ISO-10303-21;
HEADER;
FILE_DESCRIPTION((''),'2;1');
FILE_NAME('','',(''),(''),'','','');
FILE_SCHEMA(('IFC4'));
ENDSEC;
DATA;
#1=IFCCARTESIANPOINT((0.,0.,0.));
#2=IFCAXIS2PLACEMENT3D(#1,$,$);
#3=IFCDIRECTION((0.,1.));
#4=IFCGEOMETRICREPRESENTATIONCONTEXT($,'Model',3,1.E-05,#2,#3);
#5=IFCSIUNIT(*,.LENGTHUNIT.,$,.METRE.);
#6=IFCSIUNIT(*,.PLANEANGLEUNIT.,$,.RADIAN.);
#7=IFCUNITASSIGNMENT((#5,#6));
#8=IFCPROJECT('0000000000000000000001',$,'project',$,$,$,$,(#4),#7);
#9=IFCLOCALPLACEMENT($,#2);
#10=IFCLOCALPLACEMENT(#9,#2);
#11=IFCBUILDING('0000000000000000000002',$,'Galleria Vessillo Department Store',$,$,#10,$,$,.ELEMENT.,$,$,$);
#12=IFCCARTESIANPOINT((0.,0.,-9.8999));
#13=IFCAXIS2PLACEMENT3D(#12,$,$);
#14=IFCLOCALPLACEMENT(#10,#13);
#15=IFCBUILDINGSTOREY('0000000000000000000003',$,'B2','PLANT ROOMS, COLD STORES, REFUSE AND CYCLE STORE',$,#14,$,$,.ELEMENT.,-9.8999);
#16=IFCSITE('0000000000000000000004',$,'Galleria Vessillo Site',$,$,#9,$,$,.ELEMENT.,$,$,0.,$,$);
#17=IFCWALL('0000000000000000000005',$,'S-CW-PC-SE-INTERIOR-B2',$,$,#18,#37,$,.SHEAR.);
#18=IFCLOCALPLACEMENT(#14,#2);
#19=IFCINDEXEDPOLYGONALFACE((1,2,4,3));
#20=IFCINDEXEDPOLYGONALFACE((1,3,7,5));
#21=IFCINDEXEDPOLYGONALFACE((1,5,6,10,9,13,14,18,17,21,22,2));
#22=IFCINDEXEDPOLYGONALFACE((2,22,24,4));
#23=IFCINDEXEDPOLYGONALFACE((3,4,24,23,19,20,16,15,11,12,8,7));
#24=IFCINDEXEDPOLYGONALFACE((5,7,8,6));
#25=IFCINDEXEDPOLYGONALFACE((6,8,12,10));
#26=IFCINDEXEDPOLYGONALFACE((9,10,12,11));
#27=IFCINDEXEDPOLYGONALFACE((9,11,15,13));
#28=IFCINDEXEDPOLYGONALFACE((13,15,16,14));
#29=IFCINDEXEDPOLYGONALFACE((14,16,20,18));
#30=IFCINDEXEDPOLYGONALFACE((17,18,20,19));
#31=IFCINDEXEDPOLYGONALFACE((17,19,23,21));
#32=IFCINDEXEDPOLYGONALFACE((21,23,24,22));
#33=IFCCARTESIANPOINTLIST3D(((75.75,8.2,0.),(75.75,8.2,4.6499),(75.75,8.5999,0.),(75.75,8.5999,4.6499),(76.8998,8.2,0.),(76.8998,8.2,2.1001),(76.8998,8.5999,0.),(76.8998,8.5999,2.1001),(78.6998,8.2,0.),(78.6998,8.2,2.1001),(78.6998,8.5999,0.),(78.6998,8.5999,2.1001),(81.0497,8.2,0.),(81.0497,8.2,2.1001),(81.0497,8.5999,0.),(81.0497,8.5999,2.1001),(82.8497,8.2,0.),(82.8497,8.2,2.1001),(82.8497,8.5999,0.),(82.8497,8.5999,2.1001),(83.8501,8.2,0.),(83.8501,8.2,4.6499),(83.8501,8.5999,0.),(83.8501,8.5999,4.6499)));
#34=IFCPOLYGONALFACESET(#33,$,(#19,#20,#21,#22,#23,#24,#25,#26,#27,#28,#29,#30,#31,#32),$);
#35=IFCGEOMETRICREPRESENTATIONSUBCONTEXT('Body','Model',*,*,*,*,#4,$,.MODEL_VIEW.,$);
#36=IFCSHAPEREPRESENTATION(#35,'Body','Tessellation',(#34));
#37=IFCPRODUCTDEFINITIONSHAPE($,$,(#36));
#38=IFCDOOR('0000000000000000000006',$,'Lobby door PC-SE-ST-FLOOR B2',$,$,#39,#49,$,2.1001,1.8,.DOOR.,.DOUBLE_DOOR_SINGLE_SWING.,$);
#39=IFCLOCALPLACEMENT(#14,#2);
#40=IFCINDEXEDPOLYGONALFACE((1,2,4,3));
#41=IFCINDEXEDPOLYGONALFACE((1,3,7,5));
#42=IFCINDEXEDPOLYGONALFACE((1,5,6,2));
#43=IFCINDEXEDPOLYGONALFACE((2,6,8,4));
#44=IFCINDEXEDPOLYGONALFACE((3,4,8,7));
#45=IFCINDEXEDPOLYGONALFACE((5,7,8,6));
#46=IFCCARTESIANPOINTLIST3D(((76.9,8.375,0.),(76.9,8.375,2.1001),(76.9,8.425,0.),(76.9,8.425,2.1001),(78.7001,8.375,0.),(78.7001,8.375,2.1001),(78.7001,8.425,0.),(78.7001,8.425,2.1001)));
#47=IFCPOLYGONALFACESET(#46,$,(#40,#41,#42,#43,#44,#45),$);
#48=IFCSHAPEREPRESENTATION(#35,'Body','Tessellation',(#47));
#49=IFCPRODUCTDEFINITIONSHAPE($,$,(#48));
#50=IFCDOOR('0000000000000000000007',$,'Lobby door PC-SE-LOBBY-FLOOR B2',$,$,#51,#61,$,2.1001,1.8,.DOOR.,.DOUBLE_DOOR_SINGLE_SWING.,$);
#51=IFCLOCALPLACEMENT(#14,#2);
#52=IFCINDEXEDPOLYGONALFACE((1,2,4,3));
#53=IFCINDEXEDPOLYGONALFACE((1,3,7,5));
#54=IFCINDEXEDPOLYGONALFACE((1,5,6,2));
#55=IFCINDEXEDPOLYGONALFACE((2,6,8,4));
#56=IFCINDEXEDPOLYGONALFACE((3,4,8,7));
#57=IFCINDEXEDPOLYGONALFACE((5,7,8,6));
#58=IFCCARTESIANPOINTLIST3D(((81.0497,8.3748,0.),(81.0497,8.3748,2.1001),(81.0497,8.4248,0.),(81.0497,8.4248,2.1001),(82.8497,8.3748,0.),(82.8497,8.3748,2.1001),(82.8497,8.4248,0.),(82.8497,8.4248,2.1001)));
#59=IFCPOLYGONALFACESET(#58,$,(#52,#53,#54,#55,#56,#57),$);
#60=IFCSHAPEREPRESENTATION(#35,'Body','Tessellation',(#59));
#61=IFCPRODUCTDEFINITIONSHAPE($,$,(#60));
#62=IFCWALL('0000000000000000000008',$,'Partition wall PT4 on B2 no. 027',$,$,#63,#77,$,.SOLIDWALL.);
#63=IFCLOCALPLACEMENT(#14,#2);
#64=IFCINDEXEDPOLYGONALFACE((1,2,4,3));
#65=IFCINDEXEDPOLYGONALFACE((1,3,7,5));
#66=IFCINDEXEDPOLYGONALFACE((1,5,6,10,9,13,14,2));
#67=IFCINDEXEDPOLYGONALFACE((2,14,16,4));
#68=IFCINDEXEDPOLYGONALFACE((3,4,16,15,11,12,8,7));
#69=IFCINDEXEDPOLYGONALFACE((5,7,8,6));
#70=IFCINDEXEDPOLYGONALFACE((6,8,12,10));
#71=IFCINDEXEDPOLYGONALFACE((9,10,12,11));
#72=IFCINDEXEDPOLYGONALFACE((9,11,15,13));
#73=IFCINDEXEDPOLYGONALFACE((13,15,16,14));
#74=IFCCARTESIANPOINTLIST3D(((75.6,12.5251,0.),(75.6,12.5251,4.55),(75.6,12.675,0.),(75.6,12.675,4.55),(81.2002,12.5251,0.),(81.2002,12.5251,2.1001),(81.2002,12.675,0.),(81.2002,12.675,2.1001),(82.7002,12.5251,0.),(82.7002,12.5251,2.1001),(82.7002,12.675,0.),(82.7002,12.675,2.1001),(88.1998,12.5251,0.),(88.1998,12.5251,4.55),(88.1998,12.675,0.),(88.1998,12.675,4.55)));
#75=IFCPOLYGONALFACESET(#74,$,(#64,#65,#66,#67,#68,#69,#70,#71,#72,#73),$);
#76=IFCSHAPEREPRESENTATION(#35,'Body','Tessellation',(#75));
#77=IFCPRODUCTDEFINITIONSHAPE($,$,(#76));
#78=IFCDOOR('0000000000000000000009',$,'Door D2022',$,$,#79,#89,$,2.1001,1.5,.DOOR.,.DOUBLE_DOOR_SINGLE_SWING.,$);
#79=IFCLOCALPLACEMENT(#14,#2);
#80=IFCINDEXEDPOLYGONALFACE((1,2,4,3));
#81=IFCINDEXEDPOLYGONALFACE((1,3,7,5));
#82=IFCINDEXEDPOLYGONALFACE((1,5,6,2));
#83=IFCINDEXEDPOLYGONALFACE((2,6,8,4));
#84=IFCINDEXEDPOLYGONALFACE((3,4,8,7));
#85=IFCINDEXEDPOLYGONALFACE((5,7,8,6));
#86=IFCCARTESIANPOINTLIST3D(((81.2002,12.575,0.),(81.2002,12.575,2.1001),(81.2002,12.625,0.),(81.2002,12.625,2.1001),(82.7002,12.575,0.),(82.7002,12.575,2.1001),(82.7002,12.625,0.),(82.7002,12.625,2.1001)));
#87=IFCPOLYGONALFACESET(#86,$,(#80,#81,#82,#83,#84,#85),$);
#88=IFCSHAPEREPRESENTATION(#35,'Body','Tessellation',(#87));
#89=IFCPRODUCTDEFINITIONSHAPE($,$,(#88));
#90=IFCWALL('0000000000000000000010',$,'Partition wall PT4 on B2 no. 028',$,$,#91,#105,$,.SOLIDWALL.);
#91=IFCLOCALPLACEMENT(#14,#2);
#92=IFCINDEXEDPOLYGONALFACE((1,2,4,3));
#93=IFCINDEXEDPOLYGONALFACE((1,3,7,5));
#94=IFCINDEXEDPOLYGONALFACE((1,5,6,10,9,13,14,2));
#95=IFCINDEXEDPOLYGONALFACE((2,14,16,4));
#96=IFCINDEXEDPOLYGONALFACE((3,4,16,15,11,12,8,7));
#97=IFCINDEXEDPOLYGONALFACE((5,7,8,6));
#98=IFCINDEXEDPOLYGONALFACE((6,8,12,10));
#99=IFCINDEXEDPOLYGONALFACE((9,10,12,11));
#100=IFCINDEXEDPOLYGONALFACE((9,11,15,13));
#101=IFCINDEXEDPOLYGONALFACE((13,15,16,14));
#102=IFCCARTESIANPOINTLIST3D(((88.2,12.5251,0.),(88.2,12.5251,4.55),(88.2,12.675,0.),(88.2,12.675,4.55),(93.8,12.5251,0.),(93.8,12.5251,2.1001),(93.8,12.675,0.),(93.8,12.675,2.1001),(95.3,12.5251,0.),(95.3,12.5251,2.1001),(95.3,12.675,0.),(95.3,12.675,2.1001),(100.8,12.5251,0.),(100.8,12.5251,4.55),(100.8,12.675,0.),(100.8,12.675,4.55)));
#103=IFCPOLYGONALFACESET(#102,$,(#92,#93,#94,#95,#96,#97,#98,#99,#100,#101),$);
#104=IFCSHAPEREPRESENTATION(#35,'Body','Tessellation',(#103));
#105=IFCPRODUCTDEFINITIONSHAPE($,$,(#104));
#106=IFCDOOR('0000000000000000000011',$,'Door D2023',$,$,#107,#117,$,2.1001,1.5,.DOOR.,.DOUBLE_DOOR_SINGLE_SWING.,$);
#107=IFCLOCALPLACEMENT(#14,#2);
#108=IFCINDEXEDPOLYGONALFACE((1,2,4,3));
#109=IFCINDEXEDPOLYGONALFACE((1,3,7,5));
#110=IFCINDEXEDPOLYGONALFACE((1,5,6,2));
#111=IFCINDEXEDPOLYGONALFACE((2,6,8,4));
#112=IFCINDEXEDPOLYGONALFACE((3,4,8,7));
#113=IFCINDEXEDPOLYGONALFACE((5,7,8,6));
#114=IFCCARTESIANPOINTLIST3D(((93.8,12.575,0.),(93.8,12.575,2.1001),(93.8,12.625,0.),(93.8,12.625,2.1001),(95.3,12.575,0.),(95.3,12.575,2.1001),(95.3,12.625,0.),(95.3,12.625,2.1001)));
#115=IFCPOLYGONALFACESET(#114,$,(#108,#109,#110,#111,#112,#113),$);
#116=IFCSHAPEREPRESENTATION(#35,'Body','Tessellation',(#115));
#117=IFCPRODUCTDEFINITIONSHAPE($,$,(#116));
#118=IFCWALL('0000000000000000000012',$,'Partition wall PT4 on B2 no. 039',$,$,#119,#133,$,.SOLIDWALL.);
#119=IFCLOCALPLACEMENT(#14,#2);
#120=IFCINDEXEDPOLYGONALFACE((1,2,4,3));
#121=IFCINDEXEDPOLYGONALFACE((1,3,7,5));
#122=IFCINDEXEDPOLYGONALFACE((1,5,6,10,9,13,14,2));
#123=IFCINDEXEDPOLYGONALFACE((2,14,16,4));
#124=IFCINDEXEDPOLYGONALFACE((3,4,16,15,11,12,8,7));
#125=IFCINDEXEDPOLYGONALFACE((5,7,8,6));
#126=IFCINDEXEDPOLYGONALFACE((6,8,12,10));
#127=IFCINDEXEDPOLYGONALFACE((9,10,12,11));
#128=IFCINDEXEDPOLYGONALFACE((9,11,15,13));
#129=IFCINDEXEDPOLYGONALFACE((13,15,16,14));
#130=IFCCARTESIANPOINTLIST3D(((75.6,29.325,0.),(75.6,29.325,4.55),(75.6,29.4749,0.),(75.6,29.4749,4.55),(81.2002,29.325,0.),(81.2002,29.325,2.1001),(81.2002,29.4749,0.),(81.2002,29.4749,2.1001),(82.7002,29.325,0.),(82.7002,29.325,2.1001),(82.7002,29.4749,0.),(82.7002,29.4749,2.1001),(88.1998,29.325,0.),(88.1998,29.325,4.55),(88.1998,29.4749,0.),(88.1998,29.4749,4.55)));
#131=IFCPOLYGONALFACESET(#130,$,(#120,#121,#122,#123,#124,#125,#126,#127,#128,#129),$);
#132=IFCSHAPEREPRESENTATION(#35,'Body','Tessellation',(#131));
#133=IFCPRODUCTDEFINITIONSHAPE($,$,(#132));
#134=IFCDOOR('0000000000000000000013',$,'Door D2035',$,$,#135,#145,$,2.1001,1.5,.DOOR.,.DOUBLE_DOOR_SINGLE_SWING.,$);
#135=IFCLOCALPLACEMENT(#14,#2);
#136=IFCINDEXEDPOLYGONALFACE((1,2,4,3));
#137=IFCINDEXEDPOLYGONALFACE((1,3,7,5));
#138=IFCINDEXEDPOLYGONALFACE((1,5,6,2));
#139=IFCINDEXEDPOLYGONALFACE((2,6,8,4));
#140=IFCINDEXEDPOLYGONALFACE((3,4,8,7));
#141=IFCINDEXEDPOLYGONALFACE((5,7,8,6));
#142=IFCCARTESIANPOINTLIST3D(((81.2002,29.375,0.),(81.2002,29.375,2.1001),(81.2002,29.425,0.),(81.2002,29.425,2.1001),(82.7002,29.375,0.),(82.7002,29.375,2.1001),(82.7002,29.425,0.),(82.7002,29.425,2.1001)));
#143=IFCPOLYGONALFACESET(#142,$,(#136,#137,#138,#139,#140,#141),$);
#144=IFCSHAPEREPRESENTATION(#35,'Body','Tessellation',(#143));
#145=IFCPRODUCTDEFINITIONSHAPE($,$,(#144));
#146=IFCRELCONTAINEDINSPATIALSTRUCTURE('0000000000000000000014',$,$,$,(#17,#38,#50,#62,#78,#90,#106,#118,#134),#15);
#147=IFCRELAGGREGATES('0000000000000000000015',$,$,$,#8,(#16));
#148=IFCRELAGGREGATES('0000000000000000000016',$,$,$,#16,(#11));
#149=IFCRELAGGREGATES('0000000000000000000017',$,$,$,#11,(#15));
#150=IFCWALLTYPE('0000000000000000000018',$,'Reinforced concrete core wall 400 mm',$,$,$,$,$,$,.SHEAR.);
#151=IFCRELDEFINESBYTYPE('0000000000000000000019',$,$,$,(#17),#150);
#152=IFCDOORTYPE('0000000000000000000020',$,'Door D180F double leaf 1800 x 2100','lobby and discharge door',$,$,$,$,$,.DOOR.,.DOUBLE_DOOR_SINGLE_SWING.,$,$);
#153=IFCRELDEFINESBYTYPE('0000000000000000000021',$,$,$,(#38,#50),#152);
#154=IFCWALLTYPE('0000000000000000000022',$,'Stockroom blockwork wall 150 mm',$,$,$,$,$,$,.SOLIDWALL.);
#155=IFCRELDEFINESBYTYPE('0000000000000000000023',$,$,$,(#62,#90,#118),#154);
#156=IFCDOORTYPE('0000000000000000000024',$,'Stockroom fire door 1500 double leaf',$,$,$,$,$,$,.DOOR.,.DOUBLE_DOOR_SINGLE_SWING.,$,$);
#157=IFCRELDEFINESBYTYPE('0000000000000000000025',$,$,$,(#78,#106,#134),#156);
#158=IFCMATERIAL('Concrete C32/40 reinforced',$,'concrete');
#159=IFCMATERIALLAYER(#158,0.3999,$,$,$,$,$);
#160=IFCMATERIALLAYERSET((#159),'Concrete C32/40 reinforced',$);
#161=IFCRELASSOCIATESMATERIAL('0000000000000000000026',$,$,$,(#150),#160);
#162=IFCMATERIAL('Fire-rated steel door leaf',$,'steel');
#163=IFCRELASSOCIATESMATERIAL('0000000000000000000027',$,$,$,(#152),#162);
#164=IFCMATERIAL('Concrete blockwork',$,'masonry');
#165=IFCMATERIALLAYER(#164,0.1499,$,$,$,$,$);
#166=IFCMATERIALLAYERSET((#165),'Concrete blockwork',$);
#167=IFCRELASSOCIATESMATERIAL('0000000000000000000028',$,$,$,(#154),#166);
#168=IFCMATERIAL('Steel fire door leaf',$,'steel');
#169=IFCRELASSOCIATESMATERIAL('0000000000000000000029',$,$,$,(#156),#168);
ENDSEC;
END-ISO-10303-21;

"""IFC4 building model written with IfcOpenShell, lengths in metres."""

from ifc_helpers import new_model, si_unit, direction, frame, frame_2d, origin, place, context, subcontext, project, spatial, rectangle, extrude, material, layer, layer_set, type_object, element, fill, save


model = new_model("IFC4")

# Units and contexts
model_context = context("Model", 3, precision=1e-05, world=origin(), true_north=direction((0.0, 1.0)))
body_context = subcontext(model_context, "Body", "Model", "MODEL_VIEW")
ifc_project = project(units=[si_unit("LENGTHUNIT", "METRE"), si_unit("PLANEANGLEUNIT", "RADIAN")], contexts=[model_context])

# Site, building, storey
site_placement = place(None, origin())
site = spatial("IfcSite", under=ifc_project, at=site_placement, Name="Galleria Vessillo Site", CompositionType="ELEMENT", RefElevation=0.0)
building_placement = place(site_placement, origin())
building = spatial("IfcBuilding", under=site, at=building_placement, Name="Galleria Vessillo Department Store", CompositionType="ELEMENT")
storey_placement = place(building_placement, frame((0.0, 0.0, -9.8999)))
storey = spatial("IfcBuildingStorey", under=building, at=storey_placement, Name="B2", Description="PLANT ROOMS, COLD STORES, REFUSE AND CYCLE STORE", CompositionType="ELEMENT", Elevation=-9.8999)

# Wall, openings, doors
ifc_material_1 = material(Name="Concrete C32/40 reinforced", Category="concrete")
ifc_layer_1 = layer(ifc_material_1, 0.3999)
ifc_layer_set_1 = layer_set([ifc_layer_1], Name="Concrete C32/40 reinforced")
wall_type_1 = type_object("IfcWallType", Name="Reinforced concrete core wall 400 mm", PredefinedType="SHEAR", material=ifc_layer_set_1)
wall_1_placement = place(storey_placement, frame((75.75, 8.3999, 0.0), z_axis=(0.0, 0.0, 1.0), x_axis=(1.0, 0.0, 0.0)))
wall_1 = element("IfcWall", 1, at=wall_1_placement, inside=storey, type_object=wall_type_1, Name="S-CW-PC-SE-INTERIOR-B2", PredefinedType="SHEAR", context=body_context, shape_type="SweptSolid", body=[
    extrude(rectangle(XDim=8.1001, YDim=0.3999, at=frame_2d((4.05, 0.0))), origin(), (0.0, 0.0, 1.0), 4.6499),
])
opening_1_placement = place(wall_1_placement, frame((1.1499, 0.0, 0.0)))
opening_1 = element("IfcOpeningElement", 2, at=opening_1_placement, cuts=wall_1, PredefinedType="OPENING", context=body_context, shape_type="SweptSolid", body=[
    extrude(rectangle(XDim=1.8, YDim=2.1001, at=frame_2d((0.8999, 1.05))), frame((0.0, 0.21, 0.0), z_axis=(0.0, -1.0, 0.0), x_axis=(1.0, 0.0, 0.0)), (0.0, 0.0, 1.0), 0.4199),
])
opening_2_placement = place(wall_1_placement, frame((5.2998, 0.0, 0.0)))
opening_2 = element("IfcOpeningElement", 3, at=opening_2_placement, cuts=wall_1, PredefinedType="OPENING", context=body_context, shape_type="SweptSolid", body=[
    extrude(rectangle(XDim=1.8, YDim=2.1001, at=frame_2d((0.8999, 1.05))), frame((0.0, 0.21, 0.0), z_axis=(0.0, -1.0, 0.0), x_axis=(1.0, 0.0, 0.0)), (0.0, 0.0, 1.0), 0.4199),
])
ifc_material_2 = material(Name="Fire-rated steel door leaf", Category="steel")
door_type_1 = type_object("IfcDoorType", Name="Door D180F double leaf 1800 x 2100", Description="lobby and discharge door", OperationType="DOUBLE_DOOR_SINGLE_SWING", PredefinedType="DOOR", material=ifc_material_2)
door_1_placement = place(opening_1_placement, frame((1.8, 0.0, 0.0), z_axis=(0.0, 0.0, 1.0), x_axis=(-1.0, 0.0, 0.0)))
door_1 = element("IfcDoor", 4, at=door_1_placement, inside=storey, type_object=door_type_1, Name="Lobby door PC-SE-ST-FLOOR B2", OperationType="DOUBLE_DOOR_SINGLE_SWING", OverallHeight=2.1001, OverallWidth=1.8, PredefinedType="DOOR", context=body_context, shape_type="SweptSolid", body=[
    extrude(rectangle(XDim=1.8, YDim=2.1001, at=frame_2d((0.8999, 1.05))), frame((0.0, 0.0249, 0.0), z_axis=(0.0, -1.0, 0.0), x_axis=(1.0, 0.0, 0.0)), (0.0, 0.0, 1.0), 0.05),
])
fill(opening_1, door_1)
door_2_placement = place(opening_2_placement, origin())
door_2 = element("IfcDoor", 5, at=door_2_placement, inside=storey, type_object=door_type_1, Name="Lobby door PC-SE-LOBBY-FLOOR B2", OperationType="DOUBLE_DOOR_SINGLE_SWING", OverallHeight=2.1001, OverallWidth=1.8, PredefinedType="DOOR", context=body_context, shape_type="SweptSolid", body=[
    extrude(rectangle(XDim=1.8, YDim=2.1001, at=frame_2d((0.8999, 1.05))), frame((0.0, 0.0249, 0.0), z_axis=(0.0, -1.0, 0.0), x_axis=(1.0, 0.0, 0.0)), (0.0, 0.0, 1.0), 0.05),
])
fill(opening_2, door_2)

# Walls, openings, doors
ifc_material_3 = material(Name="Concrete blockwork", Category="masonry")
ifc_layer_2 = layer(ifc_material_3, 0.1499)
ifc_layer_set_2 = layer_set([ifc_layer_2], Name="Concrete blockwork")
wall_type_2 = type_object("IfcWallType", Name="Stockroom blockwork wall 150 mm", PredefinedType="SOLIDWALL", material=ifc_layer_set_2)
wall_2_placement = place(storey_placement, frame((75.6001, 12.6001, 0.0), z_axis=(0.0, 0.0, 1.0), x_axis=(1.0, 0.0, 0.0)))
wall_2 = element("IfcWall", 6, at=wall_2_placement, inside=storey, type_object=wall_type_2, Name="Partition wall PT4 on B2 no. 027", PredefinedType="SOLIDWALL", context=body_context, shape_type="SweptSolid", body=[
    extrude(rectangle(XDim=12.5999, YDim=0.1499, at=frame_2d((6.2998, 0.0))), origin(), (0.0, 0.0, 1.0), 4.55),
])
opening_3_placement = place(wall_2_placement, frame((5.6001, 0.0, 0.0)))
opening_3 = element("IfcOpeningElement", 7, at=opening_3_placement, cuts=wall_2, PredefinedType="OPENING", context=body_context, shape_type="SweptSolid", body=[
    extrude(rectangle(XDim=1.5, YDim=2.1001, at=frame_2d((0.75, 1.05))), frame((0.0, 0.085, 0.0), z_axis=(0.0, -1.0, 0.0), x_axis=(1.0, 0.0, 0.0)), (0.0, 0.0, 1.0), 0.1699),
])
ifc_material_4 = material(Name="Steel fire door leaf", Category="steel")
door_type_2 = type_object("IfcDoorType", Name="Stockroom fire door 1500 double leaf", OperationType="DOUBLE_DOOR_SINGLE_SWING", PredefinedType="DOOR", material=ifc_material_4)
door_3_placement = place(opening_3_placement, origin())
door_3 = element("IfcDoor", 8, at=door_3_placement, inside=storey, type_object=door_type_2, Name="Door D2022", OperationType="DOUBLE_DOOR_SINGLE_SWING", OverallHeight=2.1001, OverallWidth=1.5, PredefinedType="DOOR", context=body_context, shape_type="SweptSolid", body=[
    extrude(rectangle(XDim=1.5, YDim=2.1001, at=frame_2d((0.75, 1.05))), frame((0.0, 0.0249, 0.0), z_axis=(0.0, -1.0, 0.0), x_axis=(1.0, 0.0, 0.0)), (0.0, 0.0, 1.0), 0.05),
])
fill(opening_3, door_3)
wall_3_placement = place(storey_placement, frame((88.2, 12.6001, 0.0), z_axis=(0.0, 0.0, 1.0), x_axis=(1.0, 0.0, 0.0)))
wall_3 = element("IfcWall", 9, at=wall_3_placement, inside=storey, type_object=wall_type_2, Name="Partition wall PT4 on B2 no. 028", PredefinedType="SOLIDWALL", context=body_context, shape_type="SweptSolid", body=[
    extrude(rectangle(XDim=12.6001, YDim=0.1499, at=frame_2d((6.3, 0.0))), origin(), (0.0, 0.0, 1.0), 4.55),
])
opening_4_placement = place(wall_3_placement, frame((5.6001, 0.0, 0.0)))
opening_4 = element("IfcOpeningElement", 10, at=opening_4_placement, cuts=wall_3, PredefinedType="OPENING", context=body_context, shape_type="SweptSolid", body=[
    extrude(rectangle(XDim=1.5, YDim=2.1001, at=frame_2d((0.75, 1.05))), frame((0.0, 0.085, 0.0), z_axis=(0.0, -1.0, 0.0), x_axis=(1.0, 0.0, 0.0)), (0.0, 0.0, 1.0), 0.1699),
])
door_4_placement = place(opening_4_placement, origin())
door_4 = element("IfcDoor", 11, at=door_4_placement, inside=storey, type_object=door_type_2, Name="Door D2023", OperationType="DOUBLE_DOOR_SINGLE_SWING", OverallHeight=2.1001, OverallWidth=1.5, PredefinedType="DOOR", context=body_context, shape_type="SweptSolid", body=[
    extrude(rectangle(XDim=1.5, YDim=2.1001, at=frame_2d((0.75, 1.05))), frame((0.0, 0.0249, 0.0), z_axis=(0.0, -1.0, 0.0), x_axis=(1.0, 0.0, 0.0)), (0.0, 0.0, 1.0), 0.05),
])
fill(opening_4, door_4)
wall_4_placement = place(storey_placement, frame((75.6001, 29.3999, 0.0), z_axis=(0.0, 0.0, 1.0), x_axis=(1.0, 0.0, 0.0)))
wall_4 = element("IfcWall", 12, at=wall_4_placement, inside=storey, type_object=wall_type_2, Name="Partition wall PT4 on B2 no. 039", PredefinedType="SOLIDWALL", context=body_context, shape_type="SweptSolid", body=[
    extrude(rectangle(XDim=12.5999, YDim=0.1499, at=frame_2d((6.2998, 0.0))), origin(), (0.0, 0.0, 1.0), 4.55),
])
opening_5_placement = place(wall_4_placement, frame((5.6001, 0.0, 0.0)))
opening_5 = element("IfcOpeningElement", 13, at=opening_5_placement, cuts=wall_4, PredefinedType="OPENING", context=body_context, shape_type="SweptSolid", body=[
    extrude(rectangle(XDim=1.5, YDim=2.1001, at=frame_2d((0.75, 1.05))), frame((0.0, 0.085, 0.0), z_axis=(0.0, -1.0, 0.0), x_axis=(1.0, 0.0, 0.0)), (0.0, 0.0, 1.0), 0.1699),
])
door_5_placement = place(opening_5_placement, frame((1.5, 0.0, 0.0), z_axis=(0.0, 0.0, 1.0), x_axis=(-1.0, 0.0, 0.0)))
door_5 = element("IfcDoor", 14, at=door_5_placement, inside=storey, type_object=door_type_2, Name="Door D2035", OperationType="DOUBLE_DOOR_SINGLE_SWING", OverallHeight=2.1001, OverallWidth=1.5, PredefinedType="DOOR", context=body_context, shape_type="SweptSolid", body=[
    extrude(rectangle(XDim=1.5, YDim=2.1001, at=frame_2d((0.75, 1.05))), frame((0.0, 0.0249, 0.0), z_axis=(0.0, -1.0, 0.0), x_axis=(1.0, 0.0, 0.0)), (0.0, 0.0, 1.0), 0.05),
])
fill(opening_5, door_5)

save(model, "model.ifc")
